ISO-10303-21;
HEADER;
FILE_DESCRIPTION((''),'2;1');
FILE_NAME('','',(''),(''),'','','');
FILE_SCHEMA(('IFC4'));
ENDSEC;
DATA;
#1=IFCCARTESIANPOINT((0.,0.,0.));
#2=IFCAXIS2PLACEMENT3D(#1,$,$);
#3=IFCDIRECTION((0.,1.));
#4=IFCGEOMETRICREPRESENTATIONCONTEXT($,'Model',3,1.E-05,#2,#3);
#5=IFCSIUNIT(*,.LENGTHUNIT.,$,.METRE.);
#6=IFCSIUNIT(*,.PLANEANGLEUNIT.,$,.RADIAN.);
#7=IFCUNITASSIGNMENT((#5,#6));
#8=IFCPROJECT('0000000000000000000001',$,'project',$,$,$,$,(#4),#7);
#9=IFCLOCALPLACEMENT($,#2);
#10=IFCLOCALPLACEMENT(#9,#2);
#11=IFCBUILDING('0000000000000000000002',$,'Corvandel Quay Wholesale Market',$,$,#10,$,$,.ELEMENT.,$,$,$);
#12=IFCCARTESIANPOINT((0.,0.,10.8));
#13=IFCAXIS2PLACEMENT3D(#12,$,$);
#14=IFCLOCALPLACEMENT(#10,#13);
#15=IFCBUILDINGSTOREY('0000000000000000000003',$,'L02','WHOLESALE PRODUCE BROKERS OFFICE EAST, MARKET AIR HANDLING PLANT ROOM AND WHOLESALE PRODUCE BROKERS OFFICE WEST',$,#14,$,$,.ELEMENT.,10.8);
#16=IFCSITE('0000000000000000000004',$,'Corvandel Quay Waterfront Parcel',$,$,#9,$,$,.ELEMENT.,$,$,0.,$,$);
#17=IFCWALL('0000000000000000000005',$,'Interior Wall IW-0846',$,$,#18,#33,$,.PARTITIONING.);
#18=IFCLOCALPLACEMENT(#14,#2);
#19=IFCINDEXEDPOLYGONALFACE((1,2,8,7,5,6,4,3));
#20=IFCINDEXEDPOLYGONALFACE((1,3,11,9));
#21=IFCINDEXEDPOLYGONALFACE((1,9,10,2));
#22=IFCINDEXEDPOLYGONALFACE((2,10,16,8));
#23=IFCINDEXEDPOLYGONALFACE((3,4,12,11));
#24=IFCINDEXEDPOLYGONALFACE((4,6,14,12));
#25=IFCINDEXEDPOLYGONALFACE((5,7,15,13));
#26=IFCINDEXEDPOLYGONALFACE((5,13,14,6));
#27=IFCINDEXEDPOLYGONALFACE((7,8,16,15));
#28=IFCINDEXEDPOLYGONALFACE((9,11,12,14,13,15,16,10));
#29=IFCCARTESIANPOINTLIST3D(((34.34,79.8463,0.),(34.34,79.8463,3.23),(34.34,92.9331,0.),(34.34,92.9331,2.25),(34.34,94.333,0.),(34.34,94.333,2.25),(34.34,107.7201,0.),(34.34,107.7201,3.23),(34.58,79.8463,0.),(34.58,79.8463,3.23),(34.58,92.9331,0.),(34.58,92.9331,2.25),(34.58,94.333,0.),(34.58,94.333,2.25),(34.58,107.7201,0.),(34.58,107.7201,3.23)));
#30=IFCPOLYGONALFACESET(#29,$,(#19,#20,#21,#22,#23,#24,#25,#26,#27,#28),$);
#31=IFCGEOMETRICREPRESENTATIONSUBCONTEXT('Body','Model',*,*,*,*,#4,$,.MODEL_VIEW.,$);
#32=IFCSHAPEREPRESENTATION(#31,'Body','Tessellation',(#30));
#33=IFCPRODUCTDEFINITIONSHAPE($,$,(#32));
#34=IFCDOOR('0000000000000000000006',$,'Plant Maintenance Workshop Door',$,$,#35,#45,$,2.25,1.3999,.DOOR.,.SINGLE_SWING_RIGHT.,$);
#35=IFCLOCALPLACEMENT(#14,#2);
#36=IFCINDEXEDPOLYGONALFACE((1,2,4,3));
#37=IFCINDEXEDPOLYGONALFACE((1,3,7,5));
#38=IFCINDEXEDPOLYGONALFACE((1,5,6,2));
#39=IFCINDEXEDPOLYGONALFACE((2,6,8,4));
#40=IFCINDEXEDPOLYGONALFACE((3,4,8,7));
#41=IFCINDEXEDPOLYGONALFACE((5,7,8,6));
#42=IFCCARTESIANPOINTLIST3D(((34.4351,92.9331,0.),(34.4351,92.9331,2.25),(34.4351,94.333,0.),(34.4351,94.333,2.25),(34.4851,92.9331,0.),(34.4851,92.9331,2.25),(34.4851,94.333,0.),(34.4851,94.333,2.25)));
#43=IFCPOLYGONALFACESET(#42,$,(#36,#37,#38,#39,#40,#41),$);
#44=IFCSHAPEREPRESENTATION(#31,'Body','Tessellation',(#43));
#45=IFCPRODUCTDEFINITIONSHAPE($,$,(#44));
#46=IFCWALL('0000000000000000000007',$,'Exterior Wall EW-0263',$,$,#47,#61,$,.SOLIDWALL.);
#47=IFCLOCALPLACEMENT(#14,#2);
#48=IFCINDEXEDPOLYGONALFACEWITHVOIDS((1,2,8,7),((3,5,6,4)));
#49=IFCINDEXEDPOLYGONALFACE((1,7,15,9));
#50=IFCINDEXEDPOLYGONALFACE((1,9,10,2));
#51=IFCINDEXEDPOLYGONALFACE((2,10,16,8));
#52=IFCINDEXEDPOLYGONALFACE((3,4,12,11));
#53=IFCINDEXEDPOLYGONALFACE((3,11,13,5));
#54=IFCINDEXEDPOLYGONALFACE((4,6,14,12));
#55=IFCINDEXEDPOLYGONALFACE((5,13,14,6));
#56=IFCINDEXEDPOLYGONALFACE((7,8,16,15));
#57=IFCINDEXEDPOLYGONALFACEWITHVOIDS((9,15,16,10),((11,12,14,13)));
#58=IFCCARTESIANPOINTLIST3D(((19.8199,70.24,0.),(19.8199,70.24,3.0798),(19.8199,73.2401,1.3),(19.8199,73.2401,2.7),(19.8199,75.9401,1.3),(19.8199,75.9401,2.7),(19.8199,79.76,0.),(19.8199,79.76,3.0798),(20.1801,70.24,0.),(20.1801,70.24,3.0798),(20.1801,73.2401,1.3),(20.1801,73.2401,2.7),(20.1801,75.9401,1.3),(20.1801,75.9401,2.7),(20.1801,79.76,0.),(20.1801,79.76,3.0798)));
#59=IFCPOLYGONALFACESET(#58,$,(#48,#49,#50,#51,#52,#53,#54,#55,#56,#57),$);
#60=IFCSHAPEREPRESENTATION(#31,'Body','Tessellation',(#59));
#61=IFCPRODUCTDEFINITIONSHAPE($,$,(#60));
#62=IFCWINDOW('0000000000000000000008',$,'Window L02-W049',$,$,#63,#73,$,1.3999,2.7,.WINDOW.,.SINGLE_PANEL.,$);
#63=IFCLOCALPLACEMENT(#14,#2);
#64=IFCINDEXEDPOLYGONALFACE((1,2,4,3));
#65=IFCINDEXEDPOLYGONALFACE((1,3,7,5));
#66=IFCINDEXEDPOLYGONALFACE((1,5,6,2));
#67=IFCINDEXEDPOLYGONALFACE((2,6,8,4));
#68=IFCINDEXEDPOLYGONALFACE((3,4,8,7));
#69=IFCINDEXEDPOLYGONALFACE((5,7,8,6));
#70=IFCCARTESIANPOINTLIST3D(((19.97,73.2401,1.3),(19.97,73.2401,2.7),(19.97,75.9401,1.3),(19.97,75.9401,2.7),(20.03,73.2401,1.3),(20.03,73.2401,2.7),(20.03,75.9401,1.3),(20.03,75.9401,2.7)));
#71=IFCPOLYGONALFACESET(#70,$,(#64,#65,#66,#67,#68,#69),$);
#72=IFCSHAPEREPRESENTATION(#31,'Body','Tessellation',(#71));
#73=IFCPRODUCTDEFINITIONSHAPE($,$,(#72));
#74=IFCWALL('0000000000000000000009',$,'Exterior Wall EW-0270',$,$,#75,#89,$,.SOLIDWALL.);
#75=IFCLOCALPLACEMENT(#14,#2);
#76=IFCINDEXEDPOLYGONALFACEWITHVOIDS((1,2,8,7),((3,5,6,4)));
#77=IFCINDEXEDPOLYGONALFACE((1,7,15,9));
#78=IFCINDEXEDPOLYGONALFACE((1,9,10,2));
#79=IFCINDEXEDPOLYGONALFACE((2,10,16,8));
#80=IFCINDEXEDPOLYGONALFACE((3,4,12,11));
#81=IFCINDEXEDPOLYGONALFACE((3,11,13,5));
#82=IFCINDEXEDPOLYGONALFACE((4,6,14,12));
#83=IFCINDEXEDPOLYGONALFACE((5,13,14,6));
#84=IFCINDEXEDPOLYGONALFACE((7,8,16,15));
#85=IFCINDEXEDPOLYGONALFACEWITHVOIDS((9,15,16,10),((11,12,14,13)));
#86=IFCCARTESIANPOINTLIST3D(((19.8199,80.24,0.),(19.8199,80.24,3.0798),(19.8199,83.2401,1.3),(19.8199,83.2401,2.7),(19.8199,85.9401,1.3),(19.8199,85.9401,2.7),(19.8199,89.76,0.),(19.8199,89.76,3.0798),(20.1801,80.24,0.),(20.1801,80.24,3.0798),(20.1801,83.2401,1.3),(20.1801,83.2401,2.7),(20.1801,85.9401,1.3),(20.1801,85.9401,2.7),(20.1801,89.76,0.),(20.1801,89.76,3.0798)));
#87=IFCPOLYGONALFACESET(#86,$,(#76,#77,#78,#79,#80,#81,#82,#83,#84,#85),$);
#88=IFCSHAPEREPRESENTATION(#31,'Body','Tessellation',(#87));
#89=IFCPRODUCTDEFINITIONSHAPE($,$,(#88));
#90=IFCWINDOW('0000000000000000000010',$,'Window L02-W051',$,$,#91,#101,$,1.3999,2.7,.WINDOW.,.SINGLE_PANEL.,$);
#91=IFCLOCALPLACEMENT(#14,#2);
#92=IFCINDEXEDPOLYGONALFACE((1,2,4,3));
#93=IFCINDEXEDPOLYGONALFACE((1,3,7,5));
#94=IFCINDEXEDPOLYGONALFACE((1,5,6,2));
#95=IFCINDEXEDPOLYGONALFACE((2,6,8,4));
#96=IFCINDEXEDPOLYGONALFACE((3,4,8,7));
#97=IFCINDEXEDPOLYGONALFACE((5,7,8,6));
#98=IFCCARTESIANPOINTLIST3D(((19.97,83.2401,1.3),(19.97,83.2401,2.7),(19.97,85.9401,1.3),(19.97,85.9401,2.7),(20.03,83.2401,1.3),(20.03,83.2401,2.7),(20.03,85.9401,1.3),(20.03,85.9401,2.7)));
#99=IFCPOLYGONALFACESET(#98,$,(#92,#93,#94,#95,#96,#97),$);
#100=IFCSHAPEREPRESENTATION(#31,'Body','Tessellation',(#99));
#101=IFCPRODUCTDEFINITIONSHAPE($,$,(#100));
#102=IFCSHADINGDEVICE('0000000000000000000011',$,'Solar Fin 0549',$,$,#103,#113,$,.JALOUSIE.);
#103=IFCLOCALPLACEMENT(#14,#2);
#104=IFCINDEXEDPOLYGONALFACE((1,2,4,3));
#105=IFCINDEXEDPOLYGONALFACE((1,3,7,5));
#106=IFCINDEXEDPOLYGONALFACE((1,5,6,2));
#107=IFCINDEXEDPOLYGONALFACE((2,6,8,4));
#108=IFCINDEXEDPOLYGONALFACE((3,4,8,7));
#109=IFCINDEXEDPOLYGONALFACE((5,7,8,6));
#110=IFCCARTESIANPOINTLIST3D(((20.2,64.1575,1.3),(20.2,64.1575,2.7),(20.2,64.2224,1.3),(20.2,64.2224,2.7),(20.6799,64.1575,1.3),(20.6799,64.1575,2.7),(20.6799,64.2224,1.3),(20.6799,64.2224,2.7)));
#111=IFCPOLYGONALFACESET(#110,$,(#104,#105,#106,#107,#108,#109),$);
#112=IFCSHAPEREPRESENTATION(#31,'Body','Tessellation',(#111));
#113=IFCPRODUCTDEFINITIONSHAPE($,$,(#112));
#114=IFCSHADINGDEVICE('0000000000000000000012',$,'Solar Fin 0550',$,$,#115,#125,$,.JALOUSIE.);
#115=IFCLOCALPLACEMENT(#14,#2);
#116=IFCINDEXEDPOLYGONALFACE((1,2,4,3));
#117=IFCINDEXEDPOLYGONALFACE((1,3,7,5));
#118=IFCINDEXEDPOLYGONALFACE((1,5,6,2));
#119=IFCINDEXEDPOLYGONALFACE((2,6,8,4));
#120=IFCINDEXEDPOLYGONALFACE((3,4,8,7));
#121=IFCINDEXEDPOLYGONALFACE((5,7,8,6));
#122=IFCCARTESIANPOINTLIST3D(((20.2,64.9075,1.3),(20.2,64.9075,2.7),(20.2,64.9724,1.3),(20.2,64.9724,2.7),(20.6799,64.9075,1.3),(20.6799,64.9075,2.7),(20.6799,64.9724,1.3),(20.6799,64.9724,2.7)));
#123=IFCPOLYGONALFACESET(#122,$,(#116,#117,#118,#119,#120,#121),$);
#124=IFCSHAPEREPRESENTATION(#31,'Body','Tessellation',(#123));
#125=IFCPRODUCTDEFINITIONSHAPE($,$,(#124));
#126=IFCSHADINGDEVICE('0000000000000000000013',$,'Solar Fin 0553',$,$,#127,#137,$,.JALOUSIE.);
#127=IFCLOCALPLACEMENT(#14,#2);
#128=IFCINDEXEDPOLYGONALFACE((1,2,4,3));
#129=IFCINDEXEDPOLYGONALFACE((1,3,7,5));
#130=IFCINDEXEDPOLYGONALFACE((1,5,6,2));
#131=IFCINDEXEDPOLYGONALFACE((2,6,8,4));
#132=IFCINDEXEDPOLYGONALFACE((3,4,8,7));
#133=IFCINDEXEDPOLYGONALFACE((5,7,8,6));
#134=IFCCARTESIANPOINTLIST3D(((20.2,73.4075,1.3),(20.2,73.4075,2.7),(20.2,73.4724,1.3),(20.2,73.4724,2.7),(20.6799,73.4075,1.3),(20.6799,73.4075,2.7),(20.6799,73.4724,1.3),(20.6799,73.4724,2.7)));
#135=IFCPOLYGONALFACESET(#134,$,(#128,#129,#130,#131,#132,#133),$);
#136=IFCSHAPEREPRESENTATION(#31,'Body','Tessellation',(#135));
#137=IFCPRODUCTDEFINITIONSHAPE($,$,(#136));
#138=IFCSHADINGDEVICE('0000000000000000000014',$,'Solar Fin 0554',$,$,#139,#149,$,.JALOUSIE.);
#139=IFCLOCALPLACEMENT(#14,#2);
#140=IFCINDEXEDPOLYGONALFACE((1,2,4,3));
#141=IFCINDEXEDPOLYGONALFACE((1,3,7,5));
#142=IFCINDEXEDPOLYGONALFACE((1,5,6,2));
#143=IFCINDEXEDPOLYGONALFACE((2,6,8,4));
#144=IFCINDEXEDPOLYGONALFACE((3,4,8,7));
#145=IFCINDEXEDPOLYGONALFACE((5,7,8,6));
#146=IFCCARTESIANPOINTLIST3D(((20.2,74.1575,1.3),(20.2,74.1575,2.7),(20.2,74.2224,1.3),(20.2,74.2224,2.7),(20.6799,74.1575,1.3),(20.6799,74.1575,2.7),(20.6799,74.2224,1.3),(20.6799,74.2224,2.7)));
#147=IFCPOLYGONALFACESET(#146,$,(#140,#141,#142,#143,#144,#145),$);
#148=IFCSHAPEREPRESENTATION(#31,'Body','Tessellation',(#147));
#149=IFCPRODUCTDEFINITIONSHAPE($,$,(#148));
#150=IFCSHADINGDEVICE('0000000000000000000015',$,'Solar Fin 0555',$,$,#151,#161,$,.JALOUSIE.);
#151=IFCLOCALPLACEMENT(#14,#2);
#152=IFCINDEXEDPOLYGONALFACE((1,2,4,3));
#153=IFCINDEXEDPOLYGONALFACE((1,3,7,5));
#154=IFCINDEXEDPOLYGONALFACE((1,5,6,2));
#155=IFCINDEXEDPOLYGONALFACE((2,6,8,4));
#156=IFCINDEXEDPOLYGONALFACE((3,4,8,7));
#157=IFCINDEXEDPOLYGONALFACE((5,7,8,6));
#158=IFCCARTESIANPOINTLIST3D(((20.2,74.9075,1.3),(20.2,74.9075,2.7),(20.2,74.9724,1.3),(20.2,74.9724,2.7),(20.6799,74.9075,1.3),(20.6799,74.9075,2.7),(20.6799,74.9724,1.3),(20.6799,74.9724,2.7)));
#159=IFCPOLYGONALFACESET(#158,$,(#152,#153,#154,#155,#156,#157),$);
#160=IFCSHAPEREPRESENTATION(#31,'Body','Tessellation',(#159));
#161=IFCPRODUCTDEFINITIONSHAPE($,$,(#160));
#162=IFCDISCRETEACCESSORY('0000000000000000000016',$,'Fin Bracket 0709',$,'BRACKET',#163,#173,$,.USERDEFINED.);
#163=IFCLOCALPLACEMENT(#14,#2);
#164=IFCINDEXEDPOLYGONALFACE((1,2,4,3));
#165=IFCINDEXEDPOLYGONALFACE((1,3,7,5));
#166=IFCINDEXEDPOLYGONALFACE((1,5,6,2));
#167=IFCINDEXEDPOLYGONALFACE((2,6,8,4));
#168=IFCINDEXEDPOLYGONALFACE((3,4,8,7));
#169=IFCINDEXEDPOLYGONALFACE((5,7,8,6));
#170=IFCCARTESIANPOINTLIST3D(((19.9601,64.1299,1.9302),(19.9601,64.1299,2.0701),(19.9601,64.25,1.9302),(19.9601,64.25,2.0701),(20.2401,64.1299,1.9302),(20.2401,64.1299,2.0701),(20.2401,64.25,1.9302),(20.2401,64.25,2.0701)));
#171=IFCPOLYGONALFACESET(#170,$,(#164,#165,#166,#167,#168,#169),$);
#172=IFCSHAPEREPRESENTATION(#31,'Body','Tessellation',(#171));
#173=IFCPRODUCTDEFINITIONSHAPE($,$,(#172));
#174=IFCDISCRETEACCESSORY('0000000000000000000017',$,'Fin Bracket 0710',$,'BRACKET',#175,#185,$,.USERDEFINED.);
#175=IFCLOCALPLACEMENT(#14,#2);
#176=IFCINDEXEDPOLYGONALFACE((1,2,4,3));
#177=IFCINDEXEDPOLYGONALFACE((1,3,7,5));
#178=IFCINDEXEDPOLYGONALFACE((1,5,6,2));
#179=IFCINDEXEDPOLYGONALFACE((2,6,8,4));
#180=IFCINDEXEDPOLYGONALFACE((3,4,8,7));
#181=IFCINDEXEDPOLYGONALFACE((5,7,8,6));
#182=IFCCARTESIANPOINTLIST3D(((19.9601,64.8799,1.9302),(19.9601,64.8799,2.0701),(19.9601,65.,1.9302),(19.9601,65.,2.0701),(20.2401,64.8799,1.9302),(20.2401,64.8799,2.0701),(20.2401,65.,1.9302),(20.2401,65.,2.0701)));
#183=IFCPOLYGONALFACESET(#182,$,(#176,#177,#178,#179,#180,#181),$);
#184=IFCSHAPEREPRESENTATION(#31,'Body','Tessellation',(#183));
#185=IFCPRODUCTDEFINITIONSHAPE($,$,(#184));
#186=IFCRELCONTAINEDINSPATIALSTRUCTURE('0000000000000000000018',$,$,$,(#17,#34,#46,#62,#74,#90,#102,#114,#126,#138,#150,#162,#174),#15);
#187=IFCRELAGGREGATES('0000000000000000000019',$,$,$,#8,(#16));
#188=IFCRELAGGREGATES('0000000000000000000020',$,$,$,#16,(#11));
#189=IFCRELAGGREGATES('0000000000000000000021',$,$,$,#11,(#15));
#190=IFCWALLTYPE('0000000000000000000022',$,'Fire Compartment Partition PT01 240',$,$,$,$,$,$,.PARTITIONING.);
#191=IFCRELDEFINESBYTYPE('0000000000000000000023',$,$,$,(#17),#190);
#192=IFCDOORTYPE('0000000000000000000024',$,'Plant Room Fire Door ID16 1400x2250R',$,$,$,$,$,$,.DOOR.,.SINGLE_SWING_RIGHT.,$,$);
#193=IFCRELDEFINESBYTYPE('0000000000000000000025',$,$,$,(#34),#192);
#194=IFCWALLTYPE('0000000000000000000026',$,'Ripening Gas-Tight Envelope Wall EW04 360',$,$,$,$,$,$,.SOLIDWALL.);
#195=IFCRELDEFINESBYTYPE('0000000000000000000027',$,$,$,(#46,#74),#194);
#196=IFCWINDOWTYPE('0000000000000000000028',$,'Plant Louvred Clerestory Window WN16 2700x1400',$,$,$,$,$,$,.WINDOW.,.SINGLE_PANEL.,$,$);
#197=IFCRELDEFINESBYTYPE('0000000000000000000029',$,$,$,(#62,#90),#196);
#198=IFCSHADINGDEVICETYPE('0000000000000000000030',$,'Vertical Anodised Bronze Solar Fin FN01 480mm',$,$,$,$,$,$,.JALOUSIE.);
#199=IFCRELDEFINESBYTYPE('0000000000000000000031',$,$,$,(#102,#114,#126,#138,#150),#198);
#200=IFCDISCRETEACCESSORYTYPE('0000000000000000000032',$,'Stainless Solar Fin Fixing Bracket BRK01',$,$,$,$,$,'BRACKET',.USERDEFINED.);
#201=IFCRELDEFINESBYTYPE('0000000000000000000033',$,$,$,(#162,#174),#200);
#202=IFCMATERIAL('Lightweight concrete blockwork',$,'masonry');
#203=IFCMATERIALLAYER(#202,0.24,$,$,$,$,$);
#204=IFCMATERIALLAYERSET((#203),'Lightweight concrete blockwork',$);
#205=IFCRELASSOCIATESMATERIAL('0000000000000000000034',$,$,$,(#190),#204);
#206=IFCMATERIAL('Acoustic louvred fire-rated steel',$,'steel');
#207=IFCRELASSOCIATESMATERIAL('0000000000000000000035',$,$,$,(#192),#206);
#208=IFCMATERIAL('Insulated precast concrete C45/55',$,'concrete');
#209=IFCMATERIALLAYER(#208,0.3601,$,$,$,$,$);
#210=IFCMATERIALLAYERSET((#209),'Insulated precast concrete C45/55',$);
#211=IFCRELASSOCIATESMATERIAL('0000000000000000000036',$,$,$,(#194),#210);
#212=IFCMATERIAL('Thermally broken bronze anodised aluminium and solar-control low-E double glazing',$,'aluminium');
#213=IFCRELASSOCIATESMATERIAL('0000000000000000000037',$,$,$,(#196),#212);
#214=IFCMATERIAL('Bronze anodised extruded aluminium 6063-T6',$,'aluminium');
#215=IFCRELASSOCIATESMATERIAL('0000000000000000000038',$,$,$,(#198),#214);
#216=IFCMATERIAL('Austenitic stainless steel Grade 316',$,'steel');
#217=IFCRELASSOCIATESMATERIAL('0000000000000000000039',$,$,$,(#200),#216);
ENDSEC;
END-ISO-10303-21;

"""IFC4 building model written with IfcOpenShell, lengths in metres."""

from ifc_helpers import new_model, si_unit, direction, frame, frame_2d, origin, origin_2d, place, context, subcontext, project, spatial, rectangle, extrude, material, layer, layer_set, type_object, element, fill, save


model = new_model("IFC4")

# Units and contexts
model_context = context("Model", 3, precision=1e-05, world=origin(), true_north=direction((0.0, 1.0)))
body_context = subcontext(model_context, "Body", "Model", "MODEL_VIEW")
ifc_project = project(units=[si_unit("LENGTHUNIT", "METRE"), si_unit("PLANEANGLEUNIT", "RADIAN")], contexts=[model_context])

# Site, building, storey
site_placement = place(None, origin())
site = spatial("IfcSite", under=ifc_project, at=site_placement, Name="Corvandel Quay Waterfront Parcel", CompositionType="ELEMENT", RefElevation=0.0)
building_placement = place(site_placement, origin())
building = spatial("IfcBuilding", under=site, at=building_placement, Name="Corvandel Quay Wholesale Market", CompositionType="ELEMENT")
storey_placement = place(building_placement, frame((0.0, 0.0, 10.8)))
storey = spatial("IfcBuildingStorey", under=building, at=storey_placement, Name="L02", Description="WHOLESALE PRODUCE BROKERS OFFICE EAST, MARKET AIR HANDLING PLANT ROOM AND WHOLESALE PRODUCE BROKERS OFFICE WEST", CompositionType="ELEMENT", Elevation=10.8)

# Wall, opening, door
ifc_material_1 = material(Name="Lightweight concrete blockwork", Category="masonry")
ifc_layer_1 = layer(ifc_material_1, 0.24)
ifc_layer_set_1 = layer_set([ifc_layer_1], Name="Lightweight concrete blockwork")
wall_type_1 = type_object("IfcWallType", Name="Fire Compartment Partition PT01 240", PredefinedType="PARTITIONING", material=ifc_layer_set_1)
wall_1_placement = place(storey_placement, frame((34.46, 79.8462, 0.0), z_axis=(0.0, 0.0, 1.0), x_axis=(0.0, 1.0, 0.0)))
wall_1 = element("IfcWall", 1, at=wall_1_placement, inside=storey, type_object=wall_type_1, Name="Interior Wall IW-0846", PredefinedType="PARTITIONING", context=body_context, shape_type="SweptSolid", body=[
    extrude(rectangle(XDim=27.8738, YDim=0.24, at=frame_2d((13.937, 0.0))), origin(), (0.0, 0.0, 1.0), 3.23),
])
opening_1_placement = place(wall_1_placement, frame((13.0869, 0.0, 0.0)))
opening_1 = element("IfcOpeningElement", 2, at=opening_1_placement, cuts=wall_1, PredefinedType="OPENING", context=body_context, shape_type="SweptSolid", body=[
    extrude(rectangle(XDim=1.3999, YDim=2.25, at=frame_2d((0.7, 1.125))), frame((0.0, 0.1299, 0.0), z_axis=(0.0, -1.0, 0.0), x_axis=(1.0, 0.0, 0.0)), (0.0, 0.0, 1.0), 0.26),
])
ifc_material_2 = material(Name="Acoustic louvred fire-rated steel", Category="steel")
door_type = type_object("IfcDoorType", Name="Plant Room Fire Door ID16 1400x2250R", OperationType="SINGLE_SWING_RIGHT", PredefinedType="DOOR", material=ifc_material_2)
door_placement = place(opening_1_placement, origin())
door = element("IfcDoor", 3, at=door_placement, inside=storey, type_object=door_type, Name="Plant Maintenance Workshop Door", OperationType="SINGLE_SWING_RIGHT", OverallHeight=2.25, OverallWidth=1.3999, PredefinedType="DOOR", context=body_context, shape_type="SweptSolid", body=[
    extrude(rectangle(XDim=1.3999, YDim=2.25, at=frame_2d((0.7, 1.125))), frame((0.0, 0.0249, 0.0), z_axis=(0.0, -1.0, 0.0), x_axis=(1.0, 0.0, 0.0)), (0.0, 0.0, 1.0), 0.05),
])
fill(opening_1, door)

# Walls, openings, windows
ifc_material_3 = material(Name="Insulated precast concrete C45/55", Category="concrete")
ifc_layer_2 = layer(ifc_material_3, 0.3601)
ifc_layer_set_2 = layer_set([ifc_layer_2], Name="Insulated precast concrete C45/55")
wall_type_2 = type_object("IfcWallType", Name="Ripening Gas-Tight Envelope Wall EW04 360", PredefinedType="SOLIDWALL", material=ifc_layer_set_2)
wall_2_placement = place(storey_placement, frame((20.0, 70.24, 0.0), z_axis=(0.0, 0.0, 1.0), x_axis=(0.0, 1.0, 0.0)))
wall_2 = element("IfcWall", 4, at=wall_2_placement, inside=storey, type_object=wall_type_2, Name="Exterior Wall EW-0263", PredefinedType="SOLIDWALL", context=body_context, shape_type="SweptSolid", body=[
    extrude(rectangle(XDim=9.52, YDim=0.3601, at=frame_2d((4.76, 0.0))), origin(), (0.0, 0.0, 1.0), 3.0798),
])
opening_2_placement = place(wall_2_placement, frame((3.0, 0.0, 1.3)))
opening_2 = element("IfcOpeningElement", 5, at=opening_2_placement, cuts=wall_2, PredefinedType="OPENING", context=body_context, shape_type="SweptSolid", body=[
    extrude(rectangle(XDim=2.7, YDim=1.3999, at=frame_2d((1.3501, 0.7))), frame((0.0, 0.1899, 0.0), z_axis=(0.0, -1.0, 0.0), x_axis=(1.0, 0.0, 0.0)), (0.0, 0.0, 1.0), 0.3801),
])
ifc_material_4 = material(Name="Thermally broken bronze anodised aluminium and solar-control low-E double glazing", Category="aluminium")
window_type = type_object("IfcWindowType", Name="Plant Louvred Clerestory Window WN16 2700x1400", PartitioningType="SINGLE_PANEL", PredefinedType="WINDOW", material=ifc_material_4)
window_1_placement = place(opening_2_placement, origin())
window_1 = element("IfcWindow", 6, at=window_1_placement, inside=storey, type_object=window_type, Name="Window L02-W049", OverallHeight=1.3999, OverallWidth=2.7, PartitioningType="SINGLE_PANEL", PredefinedType="WINDOW", context=body_context, shape_type="SweptSolid", body=[
    extrude(rectangle(XDim=2.7, YDim=1.3999, at=frame_2d((1.3501, 0.7))), frame((0.0, 0.03, 0.0), z_axis=(0.0, -1.0, 0.0), x_axis=(1.0, 0.0, 0.0)), (0.0, 0.0, 1.0), 0.0601),
])
fill(opening_2, window_1)
wall_3_placement = place(storey_placement, frame((20.0, 80.24, 0.0), z_axis=(0.0, 0.0, 1.0), x_axis=(0.0, 1.0, 0.0)))
wall_3 = element("IfcWall", 7, at=wall_3_placement, inside=storey, type_object=wall_type_2, Name="Exterior Wall EW-0270", PredefinedType="SOLIDWALL", context=body_context, shape_type="SweptSolid", body=[
    extrude(rectangle(XDim=9.52, YDim=0.3601, at=frame_2d((4.76, 0.0))), origin(), (0.0, 0.0, 1.0), 3.0798),
])
opening_3_placement = place(wall_3_placement, frame((3.0, 0.0, 1.3)))
opening_3 = element("IfcOpeningElement", 8, at=opening_3_placement, cuts=wall_3, PredefinedType="OPENING", context=body_context, shape_type="SweptSolid", body=[
    extrude(rectangle(XDim=2.7, YDim=1.3999, at=frame_2d((1.3501, 0.7))), frame((0.0, 0.1899, 0.0), z_axis=(0.0, -1.0, 0.0), x_axis=(1.0, 0.0, 0.0)), (0.0, 0.0, 1.0), 0.3801),
])
window_2_placement = place(opening_3_placement, origin())
window_2 = element("IfcWindow", 9, at=window_2_placement, inside=storey, type_object=window_type, Name="Window L02-W051", OverallHeight=1.3999, OverallWidth=2.7, PartitioningType="SINGLE_PANEL", PredefinedType="WINDOW", context=body_context, shape_type="SweptSolid", body=[
    extrude(rectangle(XDim=2.7, YDim=1.3999, at=frame_2d((1.3501, 0.7))), frame((0.0, 0.03, 0.0), z_axis=(0.0, -1.0, 0.0), x_axis=(1.0, 0.0, 0.0)), (0.0, 0.0, 1.0), 0.0601),
])
fill(opening_3, window_2)

# Shading devices
ifc_material_5 = material(Name="Bronze anodised extruded aluminium 6063-T6", Category="aluminium")
shading_device_type = type_object("IfcShadingDeviceType", Name="Vertical Anodised Bronze Solar Fin FN01 480mm", PredefinedType="JALOUSIE", material=ifc_material_5)
for number, where, z_axis, x_axis, name in (
    (10, (20.4399, 64.1899, 1.3), (0.0, 0.0, 1.0), (1.0, 0.0, 0.0), "Solar Fin 0549"),
    (11, (20.4399, 64.9399, 1.3), (0.0, 0.0, 1.0), (1.0, 0.0, 0.0), "Solar Fin 0550"),
    (12, (20.4399, 73.4399, 1.3), (0.0, 0.0, 1.0), (1.0, 0.0, 0.0), "Solar Fin 0553"),
    (13, (20.4399, 74.1899, 1.3), (0.0, 0.0, 1.0), (1.0, 0.0, 0.0), "Solar Fin 0554"),
    (14, (20.4399, 74.9399, 1.3), (0.0, 0.0, 1.0), (1.0, 0.0, 0.0), "Solar Fin 0555"),
):
    element("IfcShadingDevice", number, at=place(storey_placement, frame(where, z_axis=z_axis, x_axis=x_axis)), inside=storey, type_object=shading_device_type, Name=name, PredefinedType="JALOUSIE", context=body_context, shape_type="SweptSolid", body=[
        extrude(rectangle(XDim=0.48, YDim=0.0649, at=origin_2d()), origin(), (0.0, 0.0, 1.0), 1.3999),
    ])

# Discrete accessories
ifc_material_6 = material(Name="Austenitic stainless steel Grade 316", Category="steel")
discrete_accessory_type = type_object("IfcDiscreteAccessoryType", Name="Stainless Solar Fin Fixing Bracket BRK01", ElementType="BRACKET", PredefinedType="USERDEFINED", material=ifc_material_6)
for number, where, z_axis, x_axis, name in (
    (15, (20.1001, 64.1899, 1.9302), (0.0, 0.0, 1.0), (1.0, 0.0, 0.0), "Fin Bracket 0709"),
    (16, (20.1001, 64.9399, 1.9302), (0.0, 0.0, 1.0), (1.0, 0.0, 0.0), "Fin Bracket 0710"),
):
    element("IfcDiscreteAccessory", number, at=place(storey_placement, frame(where, z_axis=z_axis, x_axis=x_axis)), inside=storey, type_object=discrete_accessory_type, Name=name, ObjectType="BRACKET", PredefinedType="USERDEFINED", context=body_context, shape_type="SweptSolid", body=[
        extrude(rectangle(XDim=0.28, YDim=0.1201, at=origin_2d()), origin(), (0.0, 0.0, 1.0), 0.1399),
    ])

save(model, "model.ifc")
